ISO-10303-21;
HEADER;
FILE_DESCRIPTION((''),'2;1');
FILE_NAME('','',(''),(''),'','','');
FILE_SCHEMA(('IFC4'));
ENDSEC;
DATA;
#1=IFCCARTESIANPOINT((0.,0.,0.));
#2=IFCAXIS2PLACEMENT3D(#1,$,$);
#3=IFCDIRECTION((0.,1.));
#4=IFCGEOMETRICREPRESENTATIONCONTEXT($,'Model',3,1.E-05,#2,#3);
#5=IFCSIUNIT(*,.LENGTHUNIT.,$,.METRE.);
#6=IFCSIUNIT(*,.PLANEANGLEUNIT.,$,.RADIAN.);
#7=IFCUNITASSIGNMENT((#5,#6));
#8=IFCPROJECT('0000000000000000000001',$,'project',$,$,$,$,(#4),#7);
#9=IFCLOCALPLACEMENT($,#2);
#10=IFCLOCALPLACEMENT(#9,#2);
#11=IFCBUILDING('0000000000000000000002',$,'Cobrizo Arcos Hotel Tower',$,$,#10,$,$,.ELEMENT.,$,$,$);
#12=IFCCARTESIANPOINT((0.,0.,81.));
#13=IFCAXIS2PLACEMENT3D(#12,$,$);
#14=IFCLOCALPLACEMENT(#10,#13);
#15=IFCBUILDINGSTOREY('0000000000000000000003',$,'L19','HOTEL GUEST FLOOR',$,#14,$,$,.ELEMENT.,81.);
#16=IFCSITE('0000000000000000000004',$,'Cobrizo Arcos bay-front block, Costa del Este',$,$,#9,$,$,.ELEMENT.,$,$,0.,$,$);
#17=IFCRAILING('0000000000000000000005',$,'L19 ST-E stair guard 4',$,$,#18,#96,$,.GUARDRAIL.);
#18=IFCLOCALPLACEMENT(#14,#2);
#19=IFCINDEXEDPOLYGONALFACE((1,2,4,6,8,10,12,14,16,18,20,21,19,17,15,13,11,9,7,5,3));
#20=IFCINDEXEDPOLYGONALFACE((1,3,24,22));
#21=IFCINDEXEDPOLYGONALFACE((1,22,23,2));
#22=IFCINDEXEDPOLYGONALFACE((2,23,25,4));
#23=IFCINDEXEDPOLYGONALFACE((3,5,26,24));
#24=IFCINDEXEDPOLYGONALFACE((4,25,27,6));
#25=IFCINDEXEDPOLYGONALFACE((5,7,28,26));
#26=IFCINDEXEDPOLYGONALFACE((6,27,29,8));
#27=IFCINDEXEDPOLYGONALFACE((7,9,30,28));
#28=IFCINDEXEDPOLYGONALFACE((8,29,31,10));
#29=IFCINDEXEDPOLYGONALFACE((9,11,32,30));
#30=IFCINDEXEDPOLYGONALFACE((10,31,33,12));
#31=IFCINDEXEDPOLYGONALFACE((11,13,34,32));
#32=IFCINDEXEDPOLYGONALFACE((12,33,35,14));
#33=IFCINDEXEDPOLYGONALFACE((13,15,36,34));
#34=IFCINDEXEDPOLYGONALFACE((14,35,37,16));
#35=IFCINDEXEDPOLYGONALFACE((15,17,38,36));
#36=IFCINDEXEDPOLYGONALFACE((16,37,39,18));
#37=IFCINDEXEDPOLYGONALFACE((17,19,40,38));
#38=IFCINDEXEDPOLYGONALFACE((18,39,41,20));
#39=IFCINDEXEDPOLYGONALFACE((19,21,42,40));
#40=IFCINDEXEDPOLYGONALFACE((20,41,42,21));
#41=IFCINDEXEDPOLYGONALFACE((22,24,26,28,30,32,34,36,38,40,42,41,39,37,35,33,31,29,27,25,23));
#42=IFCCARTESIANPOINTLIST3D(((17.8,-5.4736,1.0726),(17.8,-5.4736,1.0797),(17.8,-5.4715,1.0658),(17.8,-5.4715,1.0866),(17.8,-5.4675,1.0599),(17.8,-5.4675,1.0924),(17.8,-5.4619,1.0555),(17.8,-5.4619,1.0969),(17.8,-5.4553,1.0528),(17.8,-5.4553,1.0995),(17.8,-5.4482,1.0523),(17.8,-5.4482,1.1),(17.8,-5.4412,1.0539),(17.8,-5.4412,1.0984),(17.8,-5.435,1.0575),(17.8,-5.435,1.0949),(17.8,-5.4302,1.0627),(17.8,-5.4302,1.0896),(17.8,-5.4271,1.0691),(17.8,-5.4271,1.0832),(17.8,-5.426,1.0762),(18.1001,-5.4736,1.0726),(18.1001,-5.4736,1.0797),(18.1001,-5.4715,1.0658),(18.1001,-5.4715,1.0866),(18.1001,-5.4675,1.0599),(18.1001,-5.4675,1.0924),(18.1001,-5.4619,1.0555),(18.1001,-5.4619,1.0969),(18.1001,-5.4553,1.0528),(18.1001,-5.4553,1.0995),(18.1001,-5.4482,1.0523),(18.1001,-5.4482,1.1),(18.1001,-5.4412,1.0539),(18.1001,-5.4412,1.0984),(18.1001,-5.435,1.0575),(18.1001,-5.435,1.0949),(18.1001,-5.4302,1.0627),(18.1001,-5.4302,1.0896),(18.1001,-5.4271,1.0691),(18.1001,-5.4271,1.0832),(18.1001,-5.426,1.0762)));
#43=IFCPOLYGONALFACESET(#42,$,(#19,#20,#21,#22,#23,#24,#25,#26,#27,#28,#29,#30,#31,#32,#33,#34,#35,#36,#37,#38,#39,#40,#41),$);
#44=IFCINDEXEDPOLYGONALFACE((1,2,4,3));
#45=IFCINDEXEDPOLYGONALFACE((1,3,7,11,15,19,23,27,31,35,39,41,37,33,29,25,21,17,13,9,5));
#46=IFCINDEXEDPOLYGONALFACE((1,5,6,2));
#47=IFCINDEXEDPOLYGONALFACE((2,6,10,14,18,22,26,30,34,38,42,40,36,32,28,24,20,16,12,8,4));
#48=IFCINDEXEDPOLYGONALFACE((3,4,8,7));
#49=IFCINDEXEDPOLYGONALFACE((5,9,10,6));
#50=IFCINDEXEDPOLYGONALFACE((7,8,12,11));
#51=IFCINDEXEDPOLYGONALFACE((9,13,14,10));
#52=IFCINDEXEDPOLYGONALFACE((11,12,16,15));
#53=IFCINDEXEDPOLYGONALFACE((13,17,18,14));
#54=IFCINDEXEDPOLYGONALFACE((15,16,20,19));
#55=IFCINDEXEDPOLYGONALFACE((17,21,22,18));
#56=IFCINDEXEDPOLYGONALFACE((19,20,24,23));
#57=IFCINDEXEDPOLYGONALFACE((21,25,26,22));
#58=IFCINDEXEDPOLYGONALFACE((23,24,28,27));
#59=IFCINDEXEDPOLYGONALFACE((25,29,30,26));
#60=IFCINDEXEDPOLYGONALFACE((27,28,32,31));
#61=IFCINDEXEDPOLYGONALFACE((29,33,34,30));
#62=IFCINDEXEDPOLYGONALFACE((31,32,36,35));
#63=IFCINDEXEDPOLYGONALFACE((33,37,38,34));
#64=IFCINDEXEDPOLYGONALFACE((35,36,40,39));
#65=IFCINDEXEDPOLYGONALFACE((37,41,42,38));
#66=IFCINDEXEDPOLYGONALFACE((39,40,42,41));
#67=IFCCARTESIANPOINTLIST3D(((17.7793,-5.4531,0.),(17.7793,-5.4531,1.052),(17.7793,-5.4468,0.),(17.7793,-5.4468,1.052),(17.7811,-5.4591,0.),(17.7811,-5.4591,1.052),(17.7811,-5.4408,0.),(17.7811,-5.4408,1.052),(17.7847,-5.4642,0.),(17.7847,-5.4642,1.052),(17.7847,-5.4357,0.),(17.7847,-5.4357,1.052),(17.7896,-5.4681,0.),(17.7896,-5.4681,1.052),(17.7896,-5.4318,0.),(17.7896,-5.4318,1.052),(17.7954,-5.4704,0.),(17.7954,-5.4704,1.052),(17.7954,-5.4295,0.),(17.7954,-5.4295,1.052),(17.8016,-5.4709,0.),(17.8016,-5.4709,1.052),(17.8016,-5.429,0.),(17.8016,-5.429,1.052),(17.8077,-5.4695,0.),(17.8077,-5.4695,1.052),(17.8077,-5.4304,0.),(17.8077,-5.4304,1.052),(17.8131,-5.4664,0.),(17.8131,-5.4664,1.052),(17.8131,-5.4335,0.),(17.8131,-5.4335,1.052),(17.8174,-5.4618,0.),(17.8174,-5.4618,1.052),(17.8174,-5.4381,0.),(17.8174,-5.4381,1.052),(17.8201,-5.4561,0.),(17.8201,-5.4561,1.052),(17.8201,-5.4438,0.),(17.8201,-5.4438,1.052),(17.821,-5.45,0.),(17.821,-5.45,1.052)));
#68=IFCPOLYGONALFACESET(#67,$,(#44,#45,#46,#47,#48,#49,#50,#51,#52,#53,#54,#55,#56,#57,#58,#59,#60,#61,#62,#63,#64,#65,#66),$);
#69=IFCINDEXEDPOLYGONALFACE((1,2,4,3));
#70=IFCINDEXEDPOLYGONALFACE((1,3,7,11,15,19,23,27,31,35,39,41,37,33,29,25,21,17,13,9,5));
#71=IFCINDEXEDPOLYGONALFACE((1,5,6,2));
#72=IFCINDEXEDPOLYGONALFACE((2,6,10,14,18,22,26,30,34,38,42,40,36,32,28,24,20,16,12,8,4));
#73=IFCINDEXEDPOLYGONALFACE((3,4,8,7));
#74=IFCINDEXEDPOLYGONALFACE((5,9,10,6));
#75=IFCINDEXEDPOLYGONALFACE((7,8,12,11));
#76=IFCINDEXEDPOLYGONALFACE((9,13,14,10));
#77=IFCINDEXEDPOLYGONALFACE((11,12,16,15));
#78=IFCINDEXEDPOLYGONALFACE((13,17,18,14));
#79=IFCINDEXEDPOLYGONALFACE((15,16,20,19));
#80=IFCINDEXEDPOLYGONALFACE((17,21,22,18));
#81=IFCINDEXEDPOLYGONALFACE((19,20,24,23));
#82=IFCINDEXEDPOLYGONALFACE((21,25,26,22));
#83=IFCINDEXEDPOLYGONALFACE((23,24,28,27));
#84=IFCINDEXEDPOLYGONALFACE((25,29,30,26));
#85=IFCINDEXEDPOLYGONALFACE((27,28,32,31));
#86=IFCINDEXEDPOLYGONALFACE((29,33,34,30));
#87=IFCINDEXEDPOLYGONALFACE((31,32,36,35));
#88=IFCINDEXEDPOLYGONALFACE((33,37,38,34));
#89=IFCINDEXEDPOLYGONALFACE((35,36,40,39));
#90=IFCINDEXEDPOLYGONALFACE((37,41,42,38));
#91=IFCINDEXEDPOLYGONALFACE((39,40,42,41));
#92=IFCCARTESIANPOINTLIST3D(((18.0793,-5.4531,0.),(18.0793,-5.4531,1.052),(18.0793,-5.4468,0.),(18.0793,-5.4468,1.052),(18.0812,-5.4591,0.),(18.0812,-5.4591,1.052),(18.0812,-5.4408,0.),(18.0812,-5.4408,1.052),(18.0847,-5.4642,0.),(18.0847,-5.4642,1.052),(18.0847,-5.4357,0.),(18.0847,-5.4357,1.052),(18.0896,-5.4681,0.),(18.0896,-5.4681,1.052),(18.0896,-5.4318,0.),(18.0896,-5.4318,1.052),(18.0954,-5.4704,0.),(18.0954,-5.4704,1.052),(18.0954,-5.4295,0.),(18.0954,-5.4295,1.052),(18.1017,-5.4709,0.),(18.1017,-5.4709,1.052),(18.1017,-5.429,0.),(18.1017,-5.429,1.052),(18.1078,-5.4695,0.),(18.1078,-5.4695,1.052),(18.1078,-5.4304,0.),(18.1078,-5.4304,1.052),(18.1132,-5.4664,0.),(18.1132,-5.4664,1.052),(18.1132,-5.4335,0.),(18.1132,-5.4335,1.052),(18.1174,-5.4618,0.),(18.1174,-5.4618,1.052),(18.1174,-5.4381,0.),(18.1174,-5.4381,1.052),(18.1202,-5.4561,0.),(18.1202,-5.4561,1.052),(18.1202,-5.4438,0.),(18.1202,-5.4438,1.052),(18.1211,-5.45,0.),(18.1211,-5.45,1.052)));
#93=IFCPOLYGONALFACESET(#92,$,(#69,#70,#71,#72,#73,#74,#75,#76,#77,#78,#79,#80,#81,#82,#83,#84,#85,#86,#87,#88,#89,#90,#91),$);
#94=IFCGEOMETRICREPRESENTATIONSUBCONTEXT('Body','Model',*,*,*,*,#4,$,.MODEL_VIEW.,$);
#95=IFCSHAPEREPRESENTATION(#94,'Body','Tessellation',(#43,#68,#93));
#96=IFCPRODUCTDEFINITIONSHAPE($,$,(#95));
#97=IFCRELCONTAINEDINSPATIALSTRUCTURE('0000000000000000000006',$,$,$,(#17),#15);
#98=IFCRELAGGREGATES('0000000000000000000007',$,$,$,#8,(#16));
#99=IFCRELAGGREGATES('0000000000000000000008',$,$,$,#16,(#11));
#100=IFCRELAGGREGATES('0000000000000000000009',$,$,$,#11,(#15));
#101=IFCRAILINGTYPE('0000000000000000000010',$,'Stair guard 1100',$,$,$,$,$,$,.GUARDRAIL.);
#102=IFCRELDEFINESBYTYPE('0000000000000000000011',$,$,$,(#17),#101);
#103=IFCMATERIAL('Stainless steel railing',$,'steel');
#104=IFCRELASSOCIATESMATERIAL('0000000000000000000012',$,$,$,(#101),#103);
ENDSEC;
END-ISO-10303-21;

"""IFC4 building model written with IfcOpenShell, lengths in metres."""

from ifc_helpers import new_model, si_unit, direction, frame, origin, origin_2d, place, context, subcontext, project, spatial, circle, extrude, material, type_object, element, save


model = new_model("IFC4")

# Units and contexts
model_context = context("Model", 3, precision=1e-05, world=origin(), true_north=direction((0.0, 1.0)))
body_context = subcontext(model_context, "Body", "Model", "MODEL_VIEW")
ifc_project = project(units=[si_unit("LENGTHUNIT", "METRE"), si_unit("PLANEANGLEUNIT", "RADIAN")], contexts=[model_context])

# Site, building, storey
site_placement = place(None, origin())
site = spatial("IfcSite", under=ifc_project, at=site_placement, Name="Cobrizo Arcos bay-front block, Costa del Este", CompositionType="ELEMENT", RefElevation=0.0)
building_placement = place(site_placement, origin())
building = spatial("IfcBuilding", under=site, at=building_placement, Name="Cobrizo Arcos Hotel Tower", CompositionType="ELEMENT")
storey_placement = place(building_placement, frame((0.0, 0.0, 81.0)))
storey = spatial("IfcBuildingStorey", under=building, at=storey_placement, Name="L19", Description="HOTEL GUEST FLOOR", CompositionType="ELEMENT", Elevation=81.0)

# Railing
ifc_material_1 = material(Name="Stainless steel railing", Category="steel")
railing_type_1 = type_object("IfcRailingType", Name="Stair guard 1100", PredefinedType="GUARDRAIL", material=ifc_material_1)
railing_1_placement = place(storey_placement, frame((17.8, -5.45, 0.0)))
element("IfcRailing", 1, at=railing_1_placement, inside=storey, type_object=railing_type_1, Name="L19 ST-E stair guard 4", PredefinedType="GUARDRAIL", context=body_context, shape_type="SweptSolid", body=[
    extrude(circle(Radius=0.0239, at=origin_2d()), frame((0.0, 0.0, 1.0762), z_axis=(1.0, 0.0, 0.0), x_axis=(0.0, 1.0, 0.0)), (0.0, 0.0, 1.0), 0.3),
    extrude(circle(Radius=0.021, at=origin_2d()), origin(), (0.0, 0.0, 1.0), 1.052),
    extrude(circle(Radius=0.021, at=origin_2d()), frame((0.3, 0.0, 0.0)), (0.0, 0.0, 1.0), 1.052),
])

save(model, "model.ifc")
